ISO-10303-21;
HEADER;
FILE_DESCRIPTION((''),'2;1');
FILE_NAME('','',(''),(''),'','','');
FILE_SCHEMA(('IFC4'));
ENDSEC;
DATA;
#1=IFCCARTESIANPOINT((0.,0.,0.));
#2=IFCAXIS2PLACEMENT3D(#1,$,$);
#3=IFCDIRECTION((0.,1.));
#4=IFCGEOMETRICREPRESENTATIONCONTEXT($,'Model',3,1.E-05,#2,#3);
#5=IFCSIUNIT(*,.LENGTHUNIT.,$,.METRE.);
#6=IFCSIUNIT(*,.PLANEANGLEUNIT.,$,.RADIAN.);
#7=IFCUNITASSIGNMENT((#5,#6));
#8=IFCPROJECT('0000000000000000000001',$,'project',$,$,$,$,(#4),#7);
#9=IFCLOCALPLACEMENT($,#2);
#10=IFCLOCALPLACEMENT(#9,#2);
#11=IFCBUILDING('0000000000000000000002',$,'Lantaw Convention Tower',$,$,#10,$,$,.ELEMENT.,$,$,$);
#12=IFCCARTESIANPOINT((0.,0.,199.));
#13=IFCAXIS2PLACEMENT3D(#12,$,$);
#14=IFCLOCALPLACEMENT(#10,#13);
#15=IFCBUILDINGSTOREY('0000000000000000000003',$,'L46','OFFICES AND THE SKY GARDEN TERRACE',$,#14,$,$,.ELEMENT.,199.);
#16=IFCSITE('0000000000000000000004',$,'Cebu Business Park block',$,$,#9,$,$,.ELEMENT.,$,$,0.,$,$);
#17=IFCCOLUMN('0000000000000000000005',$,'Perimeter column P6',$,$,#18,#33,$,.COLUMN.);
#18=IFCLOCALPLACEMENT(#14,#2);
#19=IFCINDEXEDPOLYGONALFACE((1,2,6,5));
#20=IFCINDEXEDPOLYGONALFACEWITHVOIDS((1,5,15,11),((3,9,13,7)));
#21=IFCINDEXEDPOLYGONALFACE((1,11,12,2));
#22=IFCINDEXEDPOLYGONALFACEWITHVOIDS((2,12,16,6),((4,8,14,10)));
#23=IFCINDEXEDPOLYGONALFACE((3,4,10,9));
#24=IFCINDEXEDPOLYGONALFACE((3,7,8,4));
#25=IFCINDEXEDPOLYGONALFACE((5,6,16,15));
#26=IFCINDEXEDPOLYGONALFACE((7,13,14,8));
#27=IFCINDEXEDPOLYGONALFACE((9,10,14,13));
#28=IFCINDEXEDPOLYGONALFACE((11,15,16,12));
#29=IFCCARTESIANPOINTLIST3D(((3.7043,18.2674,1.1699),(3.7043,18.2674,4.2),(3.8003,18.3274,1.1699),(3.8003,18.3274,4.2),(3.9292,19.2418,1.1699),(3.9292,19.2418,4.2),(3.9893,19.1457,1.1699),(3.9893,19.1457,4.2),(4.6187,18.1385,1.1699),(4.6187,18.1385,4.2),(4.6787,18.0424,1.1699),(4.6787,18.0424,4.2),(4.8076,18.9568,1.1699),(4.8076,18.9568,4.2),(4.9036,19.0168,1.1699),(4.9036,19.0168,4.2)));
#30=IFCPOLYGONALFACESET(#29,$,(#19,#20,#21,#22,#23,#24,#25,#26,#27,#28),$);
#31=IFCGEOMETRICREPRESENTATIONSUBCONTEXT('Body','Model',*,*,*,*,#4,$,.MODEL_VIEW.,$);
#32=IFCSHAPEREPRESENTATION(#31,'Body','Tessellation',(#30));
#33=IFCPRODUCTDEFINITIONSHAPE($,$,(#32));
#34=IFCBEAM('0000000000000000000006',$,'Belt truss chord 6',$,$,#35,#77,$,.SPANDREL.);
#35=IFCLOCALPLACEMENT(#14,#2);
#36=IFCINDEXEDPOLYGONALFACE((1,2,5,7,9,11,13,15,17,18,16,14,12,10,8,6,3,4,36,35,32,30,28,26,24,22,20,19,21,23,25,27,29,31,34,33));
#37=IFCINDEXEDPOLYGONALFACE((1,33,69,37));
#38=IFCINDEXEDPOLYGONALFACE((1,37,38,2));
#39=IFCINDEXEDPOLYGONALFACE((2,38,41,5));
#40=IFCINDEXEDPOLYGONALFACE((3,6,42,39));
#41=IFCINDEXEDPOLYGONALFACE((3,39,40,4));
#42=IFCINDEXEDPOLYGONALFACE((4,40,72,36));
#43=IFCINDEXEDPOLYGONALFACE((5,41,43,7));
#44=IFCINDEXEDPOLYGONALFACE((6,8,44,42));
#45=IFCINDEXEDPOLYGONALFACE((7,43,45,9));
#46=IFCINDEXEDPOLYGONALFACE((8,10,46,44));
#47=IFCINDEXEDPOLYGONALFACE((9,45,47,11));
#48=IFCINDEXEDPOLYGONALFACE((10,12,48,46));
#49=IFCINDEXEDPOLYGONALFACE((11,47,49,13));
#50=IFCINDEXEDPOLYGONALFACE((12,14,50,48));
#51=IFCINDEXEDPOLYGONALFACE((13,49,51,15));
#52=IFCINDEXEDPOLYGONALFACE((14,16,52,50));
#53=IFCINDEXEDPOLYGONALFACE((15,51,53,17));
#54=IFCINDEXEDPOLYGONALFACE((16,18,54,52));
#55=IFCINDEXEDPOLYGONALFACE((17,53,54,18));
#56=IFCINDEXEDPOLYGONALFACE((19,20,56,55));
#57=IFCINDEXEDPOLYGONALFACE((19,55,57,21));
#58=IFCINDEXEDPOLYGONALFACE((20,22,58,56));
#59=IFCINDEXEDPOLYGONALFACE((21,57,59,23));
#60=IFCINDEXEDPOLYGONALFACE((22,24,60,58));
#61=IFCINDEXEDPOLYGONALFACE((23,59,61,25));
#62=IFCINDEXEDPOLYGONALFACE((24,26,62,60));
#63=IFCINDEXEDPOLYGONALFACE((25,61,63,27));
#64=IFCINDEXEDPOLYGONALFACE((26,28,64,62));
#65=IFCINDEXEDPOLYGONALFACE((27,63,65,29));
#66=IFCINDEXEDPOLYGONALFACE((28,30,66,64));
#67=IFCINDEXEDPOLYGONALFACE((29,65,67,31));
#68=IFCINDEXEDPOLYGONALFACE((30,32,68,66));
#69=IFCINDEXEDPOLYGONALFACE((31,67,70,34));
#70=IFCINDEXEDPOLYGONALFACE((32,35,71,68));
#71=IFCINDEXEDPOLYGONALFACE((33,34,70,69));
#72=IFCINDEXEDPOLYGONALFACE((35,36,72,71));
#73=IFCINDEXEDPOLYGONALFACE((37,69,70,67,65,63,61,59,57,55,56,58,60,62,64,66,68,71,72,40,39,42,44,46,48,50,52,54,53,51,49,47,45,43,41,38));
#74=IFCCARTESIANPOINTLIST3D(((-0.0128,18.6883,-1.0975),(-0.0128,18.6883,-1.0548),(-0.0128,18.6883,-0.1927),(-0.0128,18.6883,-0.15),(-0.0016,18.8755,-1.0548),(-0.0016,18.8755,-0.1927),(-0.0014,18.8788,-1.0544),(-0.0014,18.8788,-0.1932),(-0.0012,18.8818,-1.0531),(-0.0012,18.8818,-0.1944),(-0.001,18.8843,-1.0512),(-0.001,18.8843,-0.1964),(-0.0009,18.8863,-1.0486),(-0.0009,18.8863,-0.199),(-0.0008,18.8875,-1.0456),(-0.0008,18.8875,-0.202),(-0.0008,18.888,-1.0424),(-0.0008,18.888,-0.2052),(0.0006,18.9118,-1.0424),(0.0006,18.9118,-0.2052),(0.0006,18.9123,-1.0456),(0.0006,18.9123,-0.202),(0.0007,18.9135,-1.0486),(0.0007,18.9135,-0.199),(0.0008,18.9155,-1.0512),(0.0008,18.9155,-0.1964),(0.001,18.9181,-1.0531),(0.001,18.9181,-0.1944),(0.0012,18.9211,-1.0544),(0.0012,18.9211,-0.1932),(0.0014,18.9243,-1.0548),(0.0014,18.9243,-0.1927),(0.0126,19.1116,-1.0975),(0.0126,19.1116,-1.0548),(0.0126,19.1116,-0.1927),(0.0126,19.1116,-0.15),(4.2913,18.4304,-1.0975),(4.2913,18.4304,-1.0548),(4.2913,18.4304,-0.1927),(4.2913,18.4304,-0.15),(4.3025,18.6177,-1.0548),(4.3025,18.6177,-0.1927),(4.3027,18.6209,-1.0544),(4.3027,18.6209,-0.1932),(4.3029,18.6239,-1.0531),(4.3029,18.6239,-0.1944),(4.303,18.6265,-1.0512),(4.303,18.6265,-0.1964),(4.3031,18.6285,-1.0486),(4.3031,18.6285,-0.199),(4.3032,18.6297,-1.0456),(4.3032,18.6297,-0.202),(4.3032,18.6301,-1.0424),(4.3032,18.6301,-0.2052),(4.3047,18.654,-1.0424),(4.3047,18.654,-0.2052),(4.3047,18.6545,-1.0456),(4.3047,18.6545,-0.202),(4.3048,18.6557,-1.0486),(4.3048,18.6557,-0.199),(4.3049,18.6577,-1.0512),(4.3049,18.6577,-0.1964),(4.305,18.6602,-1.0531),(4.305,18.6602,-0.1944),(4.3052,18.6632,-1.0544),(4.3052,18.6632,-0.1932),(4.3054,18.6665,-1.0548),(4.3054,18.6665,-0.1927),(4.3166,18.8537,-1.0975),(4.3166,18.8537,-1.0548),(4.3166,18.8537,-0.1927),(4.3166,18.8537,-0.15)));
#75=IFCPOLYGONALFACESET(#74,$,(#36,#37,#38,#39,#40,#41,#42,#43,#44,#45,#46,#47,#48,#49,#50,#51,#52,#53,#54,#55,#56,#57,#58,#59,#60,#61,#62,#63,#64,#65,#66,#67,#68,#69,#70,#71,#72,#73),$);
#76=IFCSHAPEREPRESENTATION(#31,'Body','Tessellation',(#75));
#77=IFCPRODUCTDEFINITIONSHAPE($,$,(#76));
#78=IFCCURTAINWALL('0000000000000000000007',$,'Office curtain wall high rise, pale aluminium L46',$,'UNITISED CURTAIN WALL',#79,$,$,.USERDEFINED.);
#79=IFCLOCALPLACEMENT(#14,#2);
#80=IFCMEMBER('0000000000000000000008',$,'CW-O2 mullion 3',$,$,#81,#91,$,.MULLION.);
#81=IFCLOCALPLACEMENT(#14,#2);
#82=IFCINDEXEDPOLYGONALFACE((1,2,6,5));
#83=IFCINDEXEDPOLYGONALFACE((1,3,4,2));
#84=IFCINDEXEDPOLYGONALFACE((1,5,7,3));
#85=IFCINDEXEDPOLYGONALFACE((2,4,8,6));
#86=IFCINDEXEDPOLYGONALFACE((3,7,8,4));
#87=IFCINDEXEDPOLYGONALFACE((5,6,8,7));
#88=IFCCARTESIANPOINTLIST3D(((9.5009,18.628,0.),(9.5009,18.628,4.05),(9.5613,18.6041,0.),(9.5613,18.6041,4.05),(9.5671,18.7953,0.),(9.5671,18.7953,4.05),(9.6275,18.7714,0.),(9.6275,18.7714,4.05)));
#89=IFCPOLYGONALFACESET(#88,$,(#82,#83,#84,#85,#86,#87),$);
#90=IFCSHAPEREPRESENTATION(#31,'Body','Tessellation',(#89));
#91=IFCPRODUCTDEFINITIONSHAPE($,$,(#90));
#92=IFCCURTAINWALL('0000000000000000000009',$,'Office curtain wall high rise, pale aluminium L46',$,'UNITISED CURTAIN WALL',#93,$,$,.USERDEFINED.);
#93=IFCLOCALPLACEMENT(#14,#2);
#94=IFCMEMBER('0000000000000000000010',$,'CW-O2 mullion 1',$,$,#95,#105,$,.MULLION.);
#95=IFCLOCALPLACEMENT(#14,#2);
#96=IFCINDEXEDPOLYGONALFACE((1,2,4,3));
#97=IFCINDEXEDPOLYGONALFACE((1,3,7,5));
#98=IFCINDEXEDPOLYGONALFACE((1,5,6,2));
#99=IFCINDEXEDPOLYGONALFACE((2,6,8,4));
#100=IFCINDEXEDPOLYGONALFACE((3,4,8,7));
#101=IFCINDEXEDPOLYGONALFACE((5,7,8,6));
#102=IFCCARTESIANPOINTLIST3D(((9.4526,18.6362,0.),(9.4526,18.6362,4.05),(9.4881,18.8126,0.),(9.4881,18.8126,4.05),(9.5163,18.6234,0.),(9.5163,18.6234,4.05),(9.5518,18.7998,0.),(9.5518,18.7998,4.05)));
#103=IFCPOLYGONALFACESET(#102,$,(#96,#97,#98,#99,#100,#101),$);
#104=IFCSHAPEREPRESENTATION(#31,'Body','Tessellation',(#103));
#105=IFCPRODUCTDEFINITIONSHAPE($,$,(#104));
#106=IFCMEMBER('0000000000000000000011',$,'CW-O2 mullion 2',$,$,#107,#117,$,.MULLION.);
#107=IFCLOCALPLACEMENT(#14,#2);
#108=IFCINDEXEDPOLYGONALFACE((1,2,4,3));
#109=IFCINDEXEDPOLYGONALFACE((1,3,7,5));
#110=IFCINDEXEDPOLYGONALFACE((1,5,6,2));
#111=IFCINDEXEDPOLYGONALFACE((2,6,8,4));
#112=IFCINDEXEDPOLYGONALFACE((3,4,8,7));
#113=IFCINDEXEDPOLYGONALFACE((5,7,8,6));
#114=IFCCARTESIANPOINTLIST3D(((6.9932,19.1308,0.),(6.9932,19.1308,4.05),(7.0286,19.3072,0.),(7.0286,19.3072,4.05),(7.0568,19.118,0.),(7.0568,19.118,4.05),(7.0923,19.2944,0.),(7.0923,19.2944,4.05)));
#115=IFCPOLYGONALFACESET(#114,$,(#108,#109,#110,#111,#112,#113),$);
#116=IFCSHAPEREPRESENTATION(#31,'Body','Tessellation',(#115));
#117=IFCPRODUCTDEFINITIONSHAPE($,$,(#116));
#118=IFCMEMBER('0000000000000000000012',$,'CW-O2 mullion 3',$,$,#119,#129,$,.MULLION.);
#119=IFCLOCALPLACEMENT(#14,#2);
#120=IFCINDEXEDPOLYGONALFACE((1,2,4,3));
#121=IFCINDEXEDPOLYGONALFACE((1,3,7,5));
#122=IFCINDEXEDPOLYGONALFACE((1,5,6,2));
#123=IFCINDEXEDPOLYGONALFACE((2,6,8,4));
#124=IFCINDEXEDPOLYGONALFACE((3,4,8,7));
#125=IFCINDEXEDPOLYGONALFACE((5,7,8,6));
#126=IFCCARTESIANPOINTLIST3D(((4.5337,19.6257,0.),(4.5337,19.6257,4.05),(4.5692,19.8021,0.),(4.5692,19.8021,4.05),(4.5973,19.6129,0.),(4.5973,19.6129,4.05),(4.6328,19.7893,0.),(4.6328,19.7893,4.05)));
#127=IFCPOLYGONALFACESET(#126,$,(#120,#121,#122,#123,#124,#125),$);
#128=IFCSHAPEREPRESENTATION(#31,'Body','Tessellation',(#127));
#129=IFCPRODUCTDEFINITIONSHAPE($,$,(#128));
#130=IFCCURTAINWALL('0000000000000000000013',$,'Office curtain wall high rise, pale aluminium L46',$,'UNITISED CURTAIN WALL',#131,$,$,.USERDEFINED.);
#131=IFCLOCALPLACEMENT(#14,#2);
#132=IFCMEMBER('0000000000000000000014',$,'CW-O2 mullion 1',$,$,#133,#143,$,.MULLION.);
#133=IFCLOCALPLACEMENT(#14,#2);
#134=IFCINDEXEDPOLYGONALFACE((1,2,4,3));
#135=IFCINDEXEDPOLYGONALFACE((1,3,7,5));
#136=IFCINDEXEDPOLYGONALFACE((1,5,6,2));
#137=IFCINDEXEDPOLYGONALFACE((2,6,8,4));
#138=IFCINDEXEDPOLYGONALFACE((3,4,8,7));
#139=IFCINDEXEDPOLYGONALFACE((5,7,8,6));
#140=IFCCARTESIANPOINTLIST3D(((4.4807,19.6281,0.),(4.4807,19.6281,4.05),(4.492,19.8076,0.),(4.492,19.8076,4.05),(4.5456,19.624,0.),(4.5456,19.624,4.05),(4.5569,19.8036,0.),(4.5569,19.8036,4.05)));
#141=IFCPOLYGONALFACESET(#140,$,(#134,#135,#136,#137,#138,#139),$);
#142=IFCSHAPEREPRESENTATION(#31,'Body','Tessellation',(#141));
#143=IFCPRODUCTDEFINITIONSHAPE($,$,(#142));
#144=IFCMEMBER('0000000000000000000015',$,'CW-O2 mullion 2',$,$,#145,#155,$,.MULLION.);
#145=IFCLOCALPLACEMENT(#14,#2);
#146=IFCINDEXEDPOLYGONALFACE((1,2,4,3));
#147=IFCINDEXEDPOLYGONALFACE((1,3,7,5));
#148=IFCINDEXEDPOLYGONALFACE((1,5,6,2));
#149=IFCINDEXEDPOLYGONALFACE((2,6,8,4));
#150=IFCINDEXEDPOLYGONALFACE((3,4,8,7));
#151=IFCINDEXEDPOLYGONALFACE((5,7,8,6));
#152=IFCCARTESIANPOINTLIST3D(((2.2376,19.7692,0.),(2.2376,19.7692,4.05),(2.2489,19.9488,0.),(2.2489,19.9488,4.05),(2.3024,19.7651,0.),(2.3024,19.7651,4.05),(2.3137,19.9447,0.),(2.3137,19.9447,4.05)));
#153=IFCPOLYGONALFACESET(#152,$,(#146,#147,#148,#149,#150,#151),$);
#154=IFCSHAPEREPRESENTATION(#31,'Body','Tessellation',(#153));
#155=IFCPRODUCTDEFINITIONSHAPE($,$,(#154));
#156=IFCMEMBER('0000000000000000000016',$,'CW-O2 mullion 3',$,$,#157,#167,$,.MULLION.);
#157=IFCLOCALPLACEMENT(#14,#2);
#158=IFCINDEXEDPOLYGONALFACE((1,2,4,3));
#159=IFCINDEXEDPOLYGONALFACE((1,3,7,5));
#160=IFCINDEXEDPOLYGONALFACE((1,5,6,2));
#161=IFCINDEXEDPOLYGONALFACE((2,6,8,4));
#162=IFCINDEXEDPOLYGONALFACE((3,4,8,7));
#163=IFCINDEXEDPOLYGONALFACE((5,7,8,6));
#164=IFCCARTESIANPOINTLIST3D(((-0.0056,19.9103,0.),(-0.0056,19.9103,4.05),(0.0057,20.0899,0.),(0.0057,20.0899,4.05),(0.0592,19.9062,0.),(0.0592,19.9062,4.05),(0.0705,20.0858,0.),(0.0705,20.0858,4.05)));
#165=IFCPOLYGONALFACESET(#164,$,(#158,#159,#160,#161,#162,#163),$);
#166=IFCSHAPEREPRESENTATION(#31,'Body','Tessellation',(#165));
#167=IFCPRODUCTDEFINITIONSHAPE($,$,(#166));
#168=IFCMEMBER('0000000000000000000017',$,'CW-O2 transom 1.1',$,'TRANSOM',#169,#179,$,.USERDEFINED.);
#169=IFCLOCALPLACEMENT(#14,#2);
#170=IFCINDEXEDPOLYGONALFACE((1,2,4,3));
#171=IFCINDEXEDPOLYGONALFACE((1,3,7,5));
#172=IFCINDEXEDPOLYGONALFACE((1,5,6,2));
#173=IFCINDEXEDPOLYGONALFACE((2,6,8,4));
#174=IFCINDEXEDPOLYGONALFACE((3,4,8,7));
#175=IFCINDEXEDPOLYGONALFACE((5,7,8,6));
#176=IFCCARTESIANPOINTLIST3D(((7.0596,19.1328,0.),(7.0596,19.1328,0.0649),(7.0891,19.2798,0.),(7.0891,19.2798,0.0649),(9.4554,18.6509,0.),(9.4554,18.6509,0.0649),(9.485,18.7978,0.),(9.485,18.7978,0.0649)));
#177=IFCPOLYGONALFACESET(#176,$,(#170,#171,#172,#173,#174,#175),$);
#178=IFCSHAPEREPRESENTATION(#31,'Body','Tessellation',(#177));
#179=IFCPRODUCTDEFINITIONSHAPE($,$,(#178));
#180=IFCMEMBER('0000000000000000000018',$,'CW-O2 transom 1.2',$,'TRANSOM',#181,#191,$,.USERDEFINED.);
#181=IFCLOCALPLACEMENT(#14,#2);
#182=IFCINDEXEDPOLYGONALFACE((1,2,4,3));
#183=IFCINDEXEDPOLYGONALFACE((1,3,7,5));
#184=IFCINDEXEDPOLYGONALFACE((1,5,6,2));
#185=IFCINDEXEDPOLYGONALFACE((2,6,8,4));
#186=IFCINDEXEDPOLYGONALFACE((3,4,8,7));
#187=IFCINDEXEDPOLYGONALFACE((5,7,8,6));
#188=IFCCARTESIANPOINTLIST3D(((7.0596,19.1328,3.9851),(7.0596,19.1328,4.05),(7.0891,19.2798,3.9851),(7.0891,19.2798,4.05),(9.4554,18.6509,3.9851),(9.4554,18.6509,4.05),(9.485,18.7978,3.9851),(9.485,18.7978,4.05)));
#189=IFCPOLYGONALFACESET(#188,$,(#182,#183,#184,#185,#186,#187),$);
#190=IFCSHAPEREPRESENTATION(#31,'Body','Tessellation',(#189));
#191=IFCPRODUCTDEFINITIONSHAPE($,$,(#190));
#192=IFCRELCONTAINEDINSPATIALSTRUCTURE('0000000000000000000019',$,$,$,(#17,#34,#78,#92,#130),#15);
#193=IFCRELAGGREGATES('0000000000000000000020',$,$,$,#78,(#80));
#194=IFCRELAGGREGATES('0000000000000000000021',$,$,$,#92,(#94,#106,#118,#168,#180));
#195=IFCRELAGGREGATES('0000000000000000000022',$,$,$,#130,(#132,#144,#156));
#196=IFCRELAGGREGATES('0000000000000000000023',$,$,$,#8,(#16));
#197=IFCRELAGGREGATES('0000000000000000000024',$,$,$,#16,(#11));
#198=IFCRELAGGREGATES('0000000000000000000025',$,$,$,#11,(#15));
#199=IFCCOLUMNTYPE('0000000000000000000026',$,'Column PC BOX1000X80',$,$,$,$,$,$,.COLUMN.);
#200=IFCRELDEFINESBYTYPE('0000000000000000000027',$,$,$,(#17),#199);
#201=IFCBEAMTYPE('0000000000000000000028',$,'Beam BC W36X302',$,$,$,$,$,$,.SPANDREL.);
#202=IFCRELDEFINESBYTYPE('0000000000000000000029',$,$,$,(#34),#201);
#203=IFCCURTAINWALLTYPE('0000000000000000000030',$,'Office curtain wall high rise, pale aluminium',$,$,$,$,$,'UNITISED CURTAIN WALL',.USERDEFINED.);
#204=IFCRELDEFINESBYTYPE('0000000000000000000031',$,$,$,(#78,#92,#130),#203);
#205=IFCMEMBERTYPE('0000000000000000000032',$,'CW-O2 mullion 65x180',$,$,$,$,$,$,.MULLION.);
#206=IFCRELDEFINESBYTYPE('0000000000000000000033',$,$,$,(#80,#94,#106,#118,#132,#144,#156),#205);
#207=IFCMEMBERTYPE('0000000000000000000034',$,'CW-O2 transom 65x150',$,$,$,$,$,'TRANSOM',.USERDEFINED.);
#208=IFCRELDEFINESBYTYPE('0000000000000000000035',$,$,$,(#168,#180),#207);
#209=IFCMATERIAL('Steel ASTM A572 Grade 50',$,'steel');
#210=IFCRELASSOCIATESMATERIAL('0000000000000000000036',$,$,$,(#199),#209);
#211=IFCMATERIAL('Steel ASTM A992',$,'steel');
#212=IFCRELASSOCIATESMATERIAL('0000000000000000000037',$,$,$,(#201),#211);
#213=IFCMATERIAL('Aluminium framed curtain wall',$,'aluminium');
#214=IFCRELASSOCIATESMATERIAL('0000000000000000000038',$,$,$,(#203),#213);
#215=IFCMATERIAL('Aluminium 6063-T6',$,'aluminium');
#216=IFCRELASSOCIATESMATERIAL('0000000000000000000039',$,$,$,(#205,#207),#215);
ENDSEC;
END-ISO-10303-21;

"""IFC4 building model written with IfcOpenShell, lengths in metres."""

from ifc_helpers import new_model, si_unit, direction, frame, origin, origin_2d, place, context, subcontext, project, spatial, rectangle, hollow_rectangle, i_section, extrude, material, material_profile, profile_set, type_object, element, aggregate, save


model = new_model("IFC4")

# Units and contexts
model_context = context("Model", 3, precision=1e-05, world=origin(), true_north=direction((0.0, 1.0)))
body_context = subcontext(model_context, "Body", "Model", "MODEL_VIEW")
ifc_project = project(units=[si_unit("LENGTHUNIT", "METRE"), si_unit("PLANEANGLEUNIT", "RADIAN")], contexts=[model_context])

# Site, building, storey
site_placement = place(None, origin())
site = spatial("IfcSite", under=ifc_project, at=site_placement, Name="Cebu Business Park block", CompositionType="ELEMENT", RefElevation=0.0)
building_placement = place(site_placement, origin())
building = spatial("IfcBuilding", under=site, at=building_placement, Name="Lantaw Convention Tower", CompositionType="ELEMENT")
storey_placement = place(building_placement, frame((0.0, 0.0, 199.0)))
storey = spatial("IfcBuildingStorey", under=building, at=storey_placement, Name="L46", Description="OFFICES AND THE SKY GARDEN TERRACE", CompositionType="ELEMENT", Elevation=199.0)

# Column
ifc_material_1 = material(Name="Steel ASTM A572 Grade 50", Category="steel")
ifc_material_profile_1 = material_profile(ifc_material_1, hollow_rectangle(XDim=1.0, YDim=1.0, WallThickness=0.0801, at=origin_2d()), Name="BOX1000X80")
ifc_material_2 = material(Name="Concrete C60/75", Category="concrete")
ifc_material_profile_2 = material_profile(ifc_material_2, rectangle(XDim=0.8401, YDim=0.8401, at=origin_2d()), Name="Concrete fill of BOX1000X80")
ifc_profile_set_1 = profile_set([ifc_material_profile_1, ifc_material_profile_2], Name="Steel ASTM A572 Grade 50")
column_type = type_object("IfcColumnType", Name="Column PC BOX1000X80", PredefinedType="COLUMN", material=ifc_profile_set_1)
column_placement = place(storey_placement, frame((4.304, 18.6421, 1.1699), z_axis=(0.0, 0.0, 1.0), x_axis=(0.224951, 0.97437, 0.0)))
element("IfcColumn", 1, at=column_placement, inside=storey, type_object=column_type, Name="Perimeter column P6", PredefinedType="COLUMN", context=body_context, shape_type="SweptSolid", body=[
    extrude(hollow_rectangle(XDim=1.0, YDim=1.0, WallThickness=0.0801, at=origin_2d()), origin(), (0.0, 0.0, 1.0), 3.03),
])

# Beam
ifc_material_3 = material(Name="Steel ASTM A992", Category="steel")
ifc_material_profile_3 = material_profile(ifc_material_3, i_section(OverallWidth=0.4241, OverallDepth=0.9475, WebThickness=0.0239, FlangeThickness=0.0427, FilletRadius=0.0125, at=origin_2d()), Name="W36X302")
ifc_profile_set_2 = profile_set([ifc_material_profile_3], Name="Steel ASTM A992")
beam_type = type_object("IfcBeamType", Name="Beam BC W36X302", PredefinedType="SPANDREL", material=ifc_profile_set_2)
beam_placement = place(storey_placement, frame((4.304, 18.6421, -0.6238), z_axis=(-0.998211, 0.059794, 0.0), x_axis=(-0.059794, -0.998211, 0.0)))
element("IfcBeam", 2, at=beam_placement, inside=storey, type_object=beam_type, Name="Belt truss chord 6", PredefinedType="SPANDREL", context=body_context, shape_type="SweptSolid", body=[
    extrude(i_section(OverallWidth=0.4241, OverallDepth=0.9475, WebThickness=0.0239, FlangeThickness=0.0427, FilletRadius=0.0125, at=origin_2d()), origin(), (0.0, 0.0, 1.0), 4.3118),
])

# Curtain wall, member
ifc_material_4 = material(Name="Aluminium framed curtain wall", Category="aluminium")
curtain_wall_type = type_object("IfcCurtainWallType", Name="Office curtain wall high rise, pale aluminium", ElementType="UNITISED CURTAIN WALL", PredefinedType="USERDEFINED", material=ifc_material_4)
curtain_wall_1_placement = place(storey_placement, origin())
curtain_wall_1 = element("IfcCurtainWall", 3, at=curtain_wall_1_placement, inside=storey, type_object=curtain_wall_type, Name="Office curtain wall high rise, pale aluminium L46", ObjectType="UNITISED CURTAIN WALL", PredefinedType="USERDEFINED")
ifc_material_5 = material(Name="Aluminium 6063-T6", Category="aluminium")
ifc_material_profile_4 = material_profile(ifc_material_5, rectangle(XDim=0.1799, YDim=0.0649, at=origin_2d()), Name="CW-O2 mullion 65x180")
ifc_profile_set_3 = profile_set([ifc_material_profile_4], Name="Aluminium 6063-T6")
member_type_1 = type_object("IfcMemberType", Name="CW-O2 mullion 65x180", PredefinedType="MULLION", material=ifc_profile_set_3)
member_1_placement = place(storey_placement, frame((9.5642, 18.6997, 0.0), z_axis=(0.0, 0.0, 1.0), x_axis=(-0.368162, -0.929762, 0.0)))
member_1 = element("IfcMember", 4, at=member_1_placement, type_object=member_type_1, Name="CW-O2 mullion 3", PredefinedType="MULLION", context=body_context, shape_type="SweptSolid", body=[
    extrude(rectangle(XDim=0.1799, YDim=0.0649, at=origin_2d()), origin(), (0.0, 0.0, 1.0), 4.05),
])

# Curtain walls, members
curtain_wall_2_placement = place(storey_placement, origin())
curtain_wall_2 = element("IfcCurtainWall", 5, at=curtain_wall_2_placement, inside=storey, type_object=curtain_wall_type, Name="Office curtain wall high rise, pale aluminium L46", ObjectType="UNITISED CURTAIN WALL", PredefinedType="USERDEFINED")
member_2_placement = place(storey_placement, frame((9.5022, 18.718, 0.0), z_axis=(0.0, 0.0, 1.0), x_axis=(-0.197183, -0.980367, 0.0)))
member_2 = element("IfcMember", 6, at=member_2_placement, type_object=member_type_1, Name="CW-O2 mullion 1", PredefinedType="MULLION", context=body_context, shape_type="SweptSolid", body=[
    extrude(rectangle(XDim=0.1799, YDim=0.0649, at=origin_2d()), origin(), (0.0, 0.0, 1.0), 4.05),
])
member_3_placement = place(storey_placement, frame((7.0427, 19.2126, 0.0), z_axis=(0.0, 0.0, 1.0), x_axis=(-0.197183, -0.980367, 0.0)))
member_3 = element("IfcMember", 7, at=member_3_placement, type_object=member_type_1, Name="CW-O2 mullion 2", PredefinedType="MULLION", context=body_context, shape_type="SweptSolid", body=[
    extrude(rectangle(XDim=0.1799, YDim=0.0649, at=origin_2d()), origin(), (0.0, 0.0, 1.0), 4.05),
])
member_4_placement = place(storey_placement, frame((4.5833, 19.7075, 0.0), z_axis=(0.0, 0.0, 1.0), x_axis=(-0.197183, -0.980367, 0.0)))
member_4 = element("IfcMember", 8, at=member_4_placement, type_object=member_type_1, Name="CW-O2 mullion 3", PredefinedType="MULLION", context=body_context, shape_type="SweptSolid", body=[
    extrude(rectangle(XDim=0.1799, YDim=0.0649, at=origin_2d()), origin(), (0.0, 0.0, 1.0), 4.05),
])
curtain_wall_3_placement = place(storey_placement, origin())
curtain_wall_3 = element("IfcCurtainWall", 9, at=curtain_wall_3_placement, inside=storey, type_object=curtain_wall_type, Name="Office curtain wall high rise, pale aluminium L46", ObjectType="UNITISED CURTAIN WALL", PredefinedType="USERDEFINED")
member_5_placement = place(storey_placement, frame((4.5188, 19.7158, 0.0), z_axis=(0.0, 0.0, 1.0), x_axis=(-0.062758, -0.998029, 0.0)))
member_5 = element("IfcMember", 10, at=member_5_placement, type_object=member_type_1, Name="CW-O2 mullion 1", PredefinedType="MULLION", context=body_context, shape_type="SweptSolid", body=[
    extrude(rectangle(XDim=0.1799, YDim=0.0649, at=origin_2d()), origin(), (0.0, 0.0, 1.0), 4.05),
])
member_6_placement = place(storey_placement, frame((2.2756, 19.8569, 0.0), z_axis=(0.0, 0.0, 1.0), x_axis=(-0.062758, -0.998029, 0.0)))
member_6 = element("IfcMember", 11, at=member_6_placement, type_object=member_type_1, Name="CW-O2 mullion 2", PredefinedType="MULLION", context=body_context, shape_type="SweptSolid", body=[
    extrude(rectangle(XDim=0.1799, YDim=0.0649, at=origin_2d()), origin(), (0.0, 0.0, 1.0), 4.05),
])
member_7_placement = place(storey_placement, frame((0.0325, 19.998, 0.0), z_axis=(0.0, 0.0, 1.0), x_axis=(-0.062758, -0.998029, 0.0)))
member_7 = element("IfcMember", 12, at=member_7_placement, type_object=member_type_1, Name="CW-O2 mullion 3", PredefinedType="MULLION", context=body_context, shape_type="SweptSolid", body=[
    extrude(rectangle(XDim=0.1799, YDim=0.0649, at=origin_2d()), origin(), (0.0, 0.0, 1.0), 4.05),
])

# Members
ifc_material_profile_5 = material_profile(ifc_material_5, rectangle(XDim=0.1499, YDim=0.0649, at=origin_2d()), Name="CW-O2 transom 65x150")
ifc_profile_set_4 = profile_set([ifc_material_profile_5], Name="Aluminium 6063-T6")
member_type_2 = type_object("IfcMemberType", Name="CW-O2 transom 65x150", ElementType="TRANSOM", PredefinedType="USERDEFINED", material=ifc_profile_set_4)
member_8_placement = place(storey_placement, frame((9.4702, 18.7244, 0.0325), z_axis=(-0.980361, 0.197211, 0.0), x_axis=(-0.197211, -0.980361, 0.0)))
member_8 = element("IfcMember", 13, at=member_8_placement, type_object=member_type_2, Name="CW-O2 transom 1.1", ObjectType="TRANSOM", PredefinedType="USERDEFINED", context=body_context, shape_type="SweptSolid", body=[
    extrude(rectangle(XDim=0.1499, YDim=0.0649, at=origin_2d()), origin(), (0.0, 0.0, 1.0), 2.4438),
])
member_9_placement = place(storey_placement, frame((9.4702, 18.7244, 4.0176), z_axis=(-0.980361, 0.197211, 0.0), x_axis=(-0.197211, -0.980361, 0.0)))
member_9 = element("IfcMember", 14, at=member_9_placement, type_object=member_type_2, Name="CW-O2 transom 1.2", ObjectType="TRANSOM", PredefinedType="USERDEFINED", context=body_context, shape_type="SweptSolid", body=[
    extrude(rectangle(XDim=0.1499, YDim=0.0649, at=origin_2d()), origin(), (0.0, 0.0, 1.0), 2.4438),
])

aggregate(curtain_wall_1, [member_1])
aggregate(curtain_wall_2, [member_2, member_3, member_4, member_8, member_9])
aggregate(curtain_wall_3, [member_5, member_6, member_7])

save(model, "model.ifc")
